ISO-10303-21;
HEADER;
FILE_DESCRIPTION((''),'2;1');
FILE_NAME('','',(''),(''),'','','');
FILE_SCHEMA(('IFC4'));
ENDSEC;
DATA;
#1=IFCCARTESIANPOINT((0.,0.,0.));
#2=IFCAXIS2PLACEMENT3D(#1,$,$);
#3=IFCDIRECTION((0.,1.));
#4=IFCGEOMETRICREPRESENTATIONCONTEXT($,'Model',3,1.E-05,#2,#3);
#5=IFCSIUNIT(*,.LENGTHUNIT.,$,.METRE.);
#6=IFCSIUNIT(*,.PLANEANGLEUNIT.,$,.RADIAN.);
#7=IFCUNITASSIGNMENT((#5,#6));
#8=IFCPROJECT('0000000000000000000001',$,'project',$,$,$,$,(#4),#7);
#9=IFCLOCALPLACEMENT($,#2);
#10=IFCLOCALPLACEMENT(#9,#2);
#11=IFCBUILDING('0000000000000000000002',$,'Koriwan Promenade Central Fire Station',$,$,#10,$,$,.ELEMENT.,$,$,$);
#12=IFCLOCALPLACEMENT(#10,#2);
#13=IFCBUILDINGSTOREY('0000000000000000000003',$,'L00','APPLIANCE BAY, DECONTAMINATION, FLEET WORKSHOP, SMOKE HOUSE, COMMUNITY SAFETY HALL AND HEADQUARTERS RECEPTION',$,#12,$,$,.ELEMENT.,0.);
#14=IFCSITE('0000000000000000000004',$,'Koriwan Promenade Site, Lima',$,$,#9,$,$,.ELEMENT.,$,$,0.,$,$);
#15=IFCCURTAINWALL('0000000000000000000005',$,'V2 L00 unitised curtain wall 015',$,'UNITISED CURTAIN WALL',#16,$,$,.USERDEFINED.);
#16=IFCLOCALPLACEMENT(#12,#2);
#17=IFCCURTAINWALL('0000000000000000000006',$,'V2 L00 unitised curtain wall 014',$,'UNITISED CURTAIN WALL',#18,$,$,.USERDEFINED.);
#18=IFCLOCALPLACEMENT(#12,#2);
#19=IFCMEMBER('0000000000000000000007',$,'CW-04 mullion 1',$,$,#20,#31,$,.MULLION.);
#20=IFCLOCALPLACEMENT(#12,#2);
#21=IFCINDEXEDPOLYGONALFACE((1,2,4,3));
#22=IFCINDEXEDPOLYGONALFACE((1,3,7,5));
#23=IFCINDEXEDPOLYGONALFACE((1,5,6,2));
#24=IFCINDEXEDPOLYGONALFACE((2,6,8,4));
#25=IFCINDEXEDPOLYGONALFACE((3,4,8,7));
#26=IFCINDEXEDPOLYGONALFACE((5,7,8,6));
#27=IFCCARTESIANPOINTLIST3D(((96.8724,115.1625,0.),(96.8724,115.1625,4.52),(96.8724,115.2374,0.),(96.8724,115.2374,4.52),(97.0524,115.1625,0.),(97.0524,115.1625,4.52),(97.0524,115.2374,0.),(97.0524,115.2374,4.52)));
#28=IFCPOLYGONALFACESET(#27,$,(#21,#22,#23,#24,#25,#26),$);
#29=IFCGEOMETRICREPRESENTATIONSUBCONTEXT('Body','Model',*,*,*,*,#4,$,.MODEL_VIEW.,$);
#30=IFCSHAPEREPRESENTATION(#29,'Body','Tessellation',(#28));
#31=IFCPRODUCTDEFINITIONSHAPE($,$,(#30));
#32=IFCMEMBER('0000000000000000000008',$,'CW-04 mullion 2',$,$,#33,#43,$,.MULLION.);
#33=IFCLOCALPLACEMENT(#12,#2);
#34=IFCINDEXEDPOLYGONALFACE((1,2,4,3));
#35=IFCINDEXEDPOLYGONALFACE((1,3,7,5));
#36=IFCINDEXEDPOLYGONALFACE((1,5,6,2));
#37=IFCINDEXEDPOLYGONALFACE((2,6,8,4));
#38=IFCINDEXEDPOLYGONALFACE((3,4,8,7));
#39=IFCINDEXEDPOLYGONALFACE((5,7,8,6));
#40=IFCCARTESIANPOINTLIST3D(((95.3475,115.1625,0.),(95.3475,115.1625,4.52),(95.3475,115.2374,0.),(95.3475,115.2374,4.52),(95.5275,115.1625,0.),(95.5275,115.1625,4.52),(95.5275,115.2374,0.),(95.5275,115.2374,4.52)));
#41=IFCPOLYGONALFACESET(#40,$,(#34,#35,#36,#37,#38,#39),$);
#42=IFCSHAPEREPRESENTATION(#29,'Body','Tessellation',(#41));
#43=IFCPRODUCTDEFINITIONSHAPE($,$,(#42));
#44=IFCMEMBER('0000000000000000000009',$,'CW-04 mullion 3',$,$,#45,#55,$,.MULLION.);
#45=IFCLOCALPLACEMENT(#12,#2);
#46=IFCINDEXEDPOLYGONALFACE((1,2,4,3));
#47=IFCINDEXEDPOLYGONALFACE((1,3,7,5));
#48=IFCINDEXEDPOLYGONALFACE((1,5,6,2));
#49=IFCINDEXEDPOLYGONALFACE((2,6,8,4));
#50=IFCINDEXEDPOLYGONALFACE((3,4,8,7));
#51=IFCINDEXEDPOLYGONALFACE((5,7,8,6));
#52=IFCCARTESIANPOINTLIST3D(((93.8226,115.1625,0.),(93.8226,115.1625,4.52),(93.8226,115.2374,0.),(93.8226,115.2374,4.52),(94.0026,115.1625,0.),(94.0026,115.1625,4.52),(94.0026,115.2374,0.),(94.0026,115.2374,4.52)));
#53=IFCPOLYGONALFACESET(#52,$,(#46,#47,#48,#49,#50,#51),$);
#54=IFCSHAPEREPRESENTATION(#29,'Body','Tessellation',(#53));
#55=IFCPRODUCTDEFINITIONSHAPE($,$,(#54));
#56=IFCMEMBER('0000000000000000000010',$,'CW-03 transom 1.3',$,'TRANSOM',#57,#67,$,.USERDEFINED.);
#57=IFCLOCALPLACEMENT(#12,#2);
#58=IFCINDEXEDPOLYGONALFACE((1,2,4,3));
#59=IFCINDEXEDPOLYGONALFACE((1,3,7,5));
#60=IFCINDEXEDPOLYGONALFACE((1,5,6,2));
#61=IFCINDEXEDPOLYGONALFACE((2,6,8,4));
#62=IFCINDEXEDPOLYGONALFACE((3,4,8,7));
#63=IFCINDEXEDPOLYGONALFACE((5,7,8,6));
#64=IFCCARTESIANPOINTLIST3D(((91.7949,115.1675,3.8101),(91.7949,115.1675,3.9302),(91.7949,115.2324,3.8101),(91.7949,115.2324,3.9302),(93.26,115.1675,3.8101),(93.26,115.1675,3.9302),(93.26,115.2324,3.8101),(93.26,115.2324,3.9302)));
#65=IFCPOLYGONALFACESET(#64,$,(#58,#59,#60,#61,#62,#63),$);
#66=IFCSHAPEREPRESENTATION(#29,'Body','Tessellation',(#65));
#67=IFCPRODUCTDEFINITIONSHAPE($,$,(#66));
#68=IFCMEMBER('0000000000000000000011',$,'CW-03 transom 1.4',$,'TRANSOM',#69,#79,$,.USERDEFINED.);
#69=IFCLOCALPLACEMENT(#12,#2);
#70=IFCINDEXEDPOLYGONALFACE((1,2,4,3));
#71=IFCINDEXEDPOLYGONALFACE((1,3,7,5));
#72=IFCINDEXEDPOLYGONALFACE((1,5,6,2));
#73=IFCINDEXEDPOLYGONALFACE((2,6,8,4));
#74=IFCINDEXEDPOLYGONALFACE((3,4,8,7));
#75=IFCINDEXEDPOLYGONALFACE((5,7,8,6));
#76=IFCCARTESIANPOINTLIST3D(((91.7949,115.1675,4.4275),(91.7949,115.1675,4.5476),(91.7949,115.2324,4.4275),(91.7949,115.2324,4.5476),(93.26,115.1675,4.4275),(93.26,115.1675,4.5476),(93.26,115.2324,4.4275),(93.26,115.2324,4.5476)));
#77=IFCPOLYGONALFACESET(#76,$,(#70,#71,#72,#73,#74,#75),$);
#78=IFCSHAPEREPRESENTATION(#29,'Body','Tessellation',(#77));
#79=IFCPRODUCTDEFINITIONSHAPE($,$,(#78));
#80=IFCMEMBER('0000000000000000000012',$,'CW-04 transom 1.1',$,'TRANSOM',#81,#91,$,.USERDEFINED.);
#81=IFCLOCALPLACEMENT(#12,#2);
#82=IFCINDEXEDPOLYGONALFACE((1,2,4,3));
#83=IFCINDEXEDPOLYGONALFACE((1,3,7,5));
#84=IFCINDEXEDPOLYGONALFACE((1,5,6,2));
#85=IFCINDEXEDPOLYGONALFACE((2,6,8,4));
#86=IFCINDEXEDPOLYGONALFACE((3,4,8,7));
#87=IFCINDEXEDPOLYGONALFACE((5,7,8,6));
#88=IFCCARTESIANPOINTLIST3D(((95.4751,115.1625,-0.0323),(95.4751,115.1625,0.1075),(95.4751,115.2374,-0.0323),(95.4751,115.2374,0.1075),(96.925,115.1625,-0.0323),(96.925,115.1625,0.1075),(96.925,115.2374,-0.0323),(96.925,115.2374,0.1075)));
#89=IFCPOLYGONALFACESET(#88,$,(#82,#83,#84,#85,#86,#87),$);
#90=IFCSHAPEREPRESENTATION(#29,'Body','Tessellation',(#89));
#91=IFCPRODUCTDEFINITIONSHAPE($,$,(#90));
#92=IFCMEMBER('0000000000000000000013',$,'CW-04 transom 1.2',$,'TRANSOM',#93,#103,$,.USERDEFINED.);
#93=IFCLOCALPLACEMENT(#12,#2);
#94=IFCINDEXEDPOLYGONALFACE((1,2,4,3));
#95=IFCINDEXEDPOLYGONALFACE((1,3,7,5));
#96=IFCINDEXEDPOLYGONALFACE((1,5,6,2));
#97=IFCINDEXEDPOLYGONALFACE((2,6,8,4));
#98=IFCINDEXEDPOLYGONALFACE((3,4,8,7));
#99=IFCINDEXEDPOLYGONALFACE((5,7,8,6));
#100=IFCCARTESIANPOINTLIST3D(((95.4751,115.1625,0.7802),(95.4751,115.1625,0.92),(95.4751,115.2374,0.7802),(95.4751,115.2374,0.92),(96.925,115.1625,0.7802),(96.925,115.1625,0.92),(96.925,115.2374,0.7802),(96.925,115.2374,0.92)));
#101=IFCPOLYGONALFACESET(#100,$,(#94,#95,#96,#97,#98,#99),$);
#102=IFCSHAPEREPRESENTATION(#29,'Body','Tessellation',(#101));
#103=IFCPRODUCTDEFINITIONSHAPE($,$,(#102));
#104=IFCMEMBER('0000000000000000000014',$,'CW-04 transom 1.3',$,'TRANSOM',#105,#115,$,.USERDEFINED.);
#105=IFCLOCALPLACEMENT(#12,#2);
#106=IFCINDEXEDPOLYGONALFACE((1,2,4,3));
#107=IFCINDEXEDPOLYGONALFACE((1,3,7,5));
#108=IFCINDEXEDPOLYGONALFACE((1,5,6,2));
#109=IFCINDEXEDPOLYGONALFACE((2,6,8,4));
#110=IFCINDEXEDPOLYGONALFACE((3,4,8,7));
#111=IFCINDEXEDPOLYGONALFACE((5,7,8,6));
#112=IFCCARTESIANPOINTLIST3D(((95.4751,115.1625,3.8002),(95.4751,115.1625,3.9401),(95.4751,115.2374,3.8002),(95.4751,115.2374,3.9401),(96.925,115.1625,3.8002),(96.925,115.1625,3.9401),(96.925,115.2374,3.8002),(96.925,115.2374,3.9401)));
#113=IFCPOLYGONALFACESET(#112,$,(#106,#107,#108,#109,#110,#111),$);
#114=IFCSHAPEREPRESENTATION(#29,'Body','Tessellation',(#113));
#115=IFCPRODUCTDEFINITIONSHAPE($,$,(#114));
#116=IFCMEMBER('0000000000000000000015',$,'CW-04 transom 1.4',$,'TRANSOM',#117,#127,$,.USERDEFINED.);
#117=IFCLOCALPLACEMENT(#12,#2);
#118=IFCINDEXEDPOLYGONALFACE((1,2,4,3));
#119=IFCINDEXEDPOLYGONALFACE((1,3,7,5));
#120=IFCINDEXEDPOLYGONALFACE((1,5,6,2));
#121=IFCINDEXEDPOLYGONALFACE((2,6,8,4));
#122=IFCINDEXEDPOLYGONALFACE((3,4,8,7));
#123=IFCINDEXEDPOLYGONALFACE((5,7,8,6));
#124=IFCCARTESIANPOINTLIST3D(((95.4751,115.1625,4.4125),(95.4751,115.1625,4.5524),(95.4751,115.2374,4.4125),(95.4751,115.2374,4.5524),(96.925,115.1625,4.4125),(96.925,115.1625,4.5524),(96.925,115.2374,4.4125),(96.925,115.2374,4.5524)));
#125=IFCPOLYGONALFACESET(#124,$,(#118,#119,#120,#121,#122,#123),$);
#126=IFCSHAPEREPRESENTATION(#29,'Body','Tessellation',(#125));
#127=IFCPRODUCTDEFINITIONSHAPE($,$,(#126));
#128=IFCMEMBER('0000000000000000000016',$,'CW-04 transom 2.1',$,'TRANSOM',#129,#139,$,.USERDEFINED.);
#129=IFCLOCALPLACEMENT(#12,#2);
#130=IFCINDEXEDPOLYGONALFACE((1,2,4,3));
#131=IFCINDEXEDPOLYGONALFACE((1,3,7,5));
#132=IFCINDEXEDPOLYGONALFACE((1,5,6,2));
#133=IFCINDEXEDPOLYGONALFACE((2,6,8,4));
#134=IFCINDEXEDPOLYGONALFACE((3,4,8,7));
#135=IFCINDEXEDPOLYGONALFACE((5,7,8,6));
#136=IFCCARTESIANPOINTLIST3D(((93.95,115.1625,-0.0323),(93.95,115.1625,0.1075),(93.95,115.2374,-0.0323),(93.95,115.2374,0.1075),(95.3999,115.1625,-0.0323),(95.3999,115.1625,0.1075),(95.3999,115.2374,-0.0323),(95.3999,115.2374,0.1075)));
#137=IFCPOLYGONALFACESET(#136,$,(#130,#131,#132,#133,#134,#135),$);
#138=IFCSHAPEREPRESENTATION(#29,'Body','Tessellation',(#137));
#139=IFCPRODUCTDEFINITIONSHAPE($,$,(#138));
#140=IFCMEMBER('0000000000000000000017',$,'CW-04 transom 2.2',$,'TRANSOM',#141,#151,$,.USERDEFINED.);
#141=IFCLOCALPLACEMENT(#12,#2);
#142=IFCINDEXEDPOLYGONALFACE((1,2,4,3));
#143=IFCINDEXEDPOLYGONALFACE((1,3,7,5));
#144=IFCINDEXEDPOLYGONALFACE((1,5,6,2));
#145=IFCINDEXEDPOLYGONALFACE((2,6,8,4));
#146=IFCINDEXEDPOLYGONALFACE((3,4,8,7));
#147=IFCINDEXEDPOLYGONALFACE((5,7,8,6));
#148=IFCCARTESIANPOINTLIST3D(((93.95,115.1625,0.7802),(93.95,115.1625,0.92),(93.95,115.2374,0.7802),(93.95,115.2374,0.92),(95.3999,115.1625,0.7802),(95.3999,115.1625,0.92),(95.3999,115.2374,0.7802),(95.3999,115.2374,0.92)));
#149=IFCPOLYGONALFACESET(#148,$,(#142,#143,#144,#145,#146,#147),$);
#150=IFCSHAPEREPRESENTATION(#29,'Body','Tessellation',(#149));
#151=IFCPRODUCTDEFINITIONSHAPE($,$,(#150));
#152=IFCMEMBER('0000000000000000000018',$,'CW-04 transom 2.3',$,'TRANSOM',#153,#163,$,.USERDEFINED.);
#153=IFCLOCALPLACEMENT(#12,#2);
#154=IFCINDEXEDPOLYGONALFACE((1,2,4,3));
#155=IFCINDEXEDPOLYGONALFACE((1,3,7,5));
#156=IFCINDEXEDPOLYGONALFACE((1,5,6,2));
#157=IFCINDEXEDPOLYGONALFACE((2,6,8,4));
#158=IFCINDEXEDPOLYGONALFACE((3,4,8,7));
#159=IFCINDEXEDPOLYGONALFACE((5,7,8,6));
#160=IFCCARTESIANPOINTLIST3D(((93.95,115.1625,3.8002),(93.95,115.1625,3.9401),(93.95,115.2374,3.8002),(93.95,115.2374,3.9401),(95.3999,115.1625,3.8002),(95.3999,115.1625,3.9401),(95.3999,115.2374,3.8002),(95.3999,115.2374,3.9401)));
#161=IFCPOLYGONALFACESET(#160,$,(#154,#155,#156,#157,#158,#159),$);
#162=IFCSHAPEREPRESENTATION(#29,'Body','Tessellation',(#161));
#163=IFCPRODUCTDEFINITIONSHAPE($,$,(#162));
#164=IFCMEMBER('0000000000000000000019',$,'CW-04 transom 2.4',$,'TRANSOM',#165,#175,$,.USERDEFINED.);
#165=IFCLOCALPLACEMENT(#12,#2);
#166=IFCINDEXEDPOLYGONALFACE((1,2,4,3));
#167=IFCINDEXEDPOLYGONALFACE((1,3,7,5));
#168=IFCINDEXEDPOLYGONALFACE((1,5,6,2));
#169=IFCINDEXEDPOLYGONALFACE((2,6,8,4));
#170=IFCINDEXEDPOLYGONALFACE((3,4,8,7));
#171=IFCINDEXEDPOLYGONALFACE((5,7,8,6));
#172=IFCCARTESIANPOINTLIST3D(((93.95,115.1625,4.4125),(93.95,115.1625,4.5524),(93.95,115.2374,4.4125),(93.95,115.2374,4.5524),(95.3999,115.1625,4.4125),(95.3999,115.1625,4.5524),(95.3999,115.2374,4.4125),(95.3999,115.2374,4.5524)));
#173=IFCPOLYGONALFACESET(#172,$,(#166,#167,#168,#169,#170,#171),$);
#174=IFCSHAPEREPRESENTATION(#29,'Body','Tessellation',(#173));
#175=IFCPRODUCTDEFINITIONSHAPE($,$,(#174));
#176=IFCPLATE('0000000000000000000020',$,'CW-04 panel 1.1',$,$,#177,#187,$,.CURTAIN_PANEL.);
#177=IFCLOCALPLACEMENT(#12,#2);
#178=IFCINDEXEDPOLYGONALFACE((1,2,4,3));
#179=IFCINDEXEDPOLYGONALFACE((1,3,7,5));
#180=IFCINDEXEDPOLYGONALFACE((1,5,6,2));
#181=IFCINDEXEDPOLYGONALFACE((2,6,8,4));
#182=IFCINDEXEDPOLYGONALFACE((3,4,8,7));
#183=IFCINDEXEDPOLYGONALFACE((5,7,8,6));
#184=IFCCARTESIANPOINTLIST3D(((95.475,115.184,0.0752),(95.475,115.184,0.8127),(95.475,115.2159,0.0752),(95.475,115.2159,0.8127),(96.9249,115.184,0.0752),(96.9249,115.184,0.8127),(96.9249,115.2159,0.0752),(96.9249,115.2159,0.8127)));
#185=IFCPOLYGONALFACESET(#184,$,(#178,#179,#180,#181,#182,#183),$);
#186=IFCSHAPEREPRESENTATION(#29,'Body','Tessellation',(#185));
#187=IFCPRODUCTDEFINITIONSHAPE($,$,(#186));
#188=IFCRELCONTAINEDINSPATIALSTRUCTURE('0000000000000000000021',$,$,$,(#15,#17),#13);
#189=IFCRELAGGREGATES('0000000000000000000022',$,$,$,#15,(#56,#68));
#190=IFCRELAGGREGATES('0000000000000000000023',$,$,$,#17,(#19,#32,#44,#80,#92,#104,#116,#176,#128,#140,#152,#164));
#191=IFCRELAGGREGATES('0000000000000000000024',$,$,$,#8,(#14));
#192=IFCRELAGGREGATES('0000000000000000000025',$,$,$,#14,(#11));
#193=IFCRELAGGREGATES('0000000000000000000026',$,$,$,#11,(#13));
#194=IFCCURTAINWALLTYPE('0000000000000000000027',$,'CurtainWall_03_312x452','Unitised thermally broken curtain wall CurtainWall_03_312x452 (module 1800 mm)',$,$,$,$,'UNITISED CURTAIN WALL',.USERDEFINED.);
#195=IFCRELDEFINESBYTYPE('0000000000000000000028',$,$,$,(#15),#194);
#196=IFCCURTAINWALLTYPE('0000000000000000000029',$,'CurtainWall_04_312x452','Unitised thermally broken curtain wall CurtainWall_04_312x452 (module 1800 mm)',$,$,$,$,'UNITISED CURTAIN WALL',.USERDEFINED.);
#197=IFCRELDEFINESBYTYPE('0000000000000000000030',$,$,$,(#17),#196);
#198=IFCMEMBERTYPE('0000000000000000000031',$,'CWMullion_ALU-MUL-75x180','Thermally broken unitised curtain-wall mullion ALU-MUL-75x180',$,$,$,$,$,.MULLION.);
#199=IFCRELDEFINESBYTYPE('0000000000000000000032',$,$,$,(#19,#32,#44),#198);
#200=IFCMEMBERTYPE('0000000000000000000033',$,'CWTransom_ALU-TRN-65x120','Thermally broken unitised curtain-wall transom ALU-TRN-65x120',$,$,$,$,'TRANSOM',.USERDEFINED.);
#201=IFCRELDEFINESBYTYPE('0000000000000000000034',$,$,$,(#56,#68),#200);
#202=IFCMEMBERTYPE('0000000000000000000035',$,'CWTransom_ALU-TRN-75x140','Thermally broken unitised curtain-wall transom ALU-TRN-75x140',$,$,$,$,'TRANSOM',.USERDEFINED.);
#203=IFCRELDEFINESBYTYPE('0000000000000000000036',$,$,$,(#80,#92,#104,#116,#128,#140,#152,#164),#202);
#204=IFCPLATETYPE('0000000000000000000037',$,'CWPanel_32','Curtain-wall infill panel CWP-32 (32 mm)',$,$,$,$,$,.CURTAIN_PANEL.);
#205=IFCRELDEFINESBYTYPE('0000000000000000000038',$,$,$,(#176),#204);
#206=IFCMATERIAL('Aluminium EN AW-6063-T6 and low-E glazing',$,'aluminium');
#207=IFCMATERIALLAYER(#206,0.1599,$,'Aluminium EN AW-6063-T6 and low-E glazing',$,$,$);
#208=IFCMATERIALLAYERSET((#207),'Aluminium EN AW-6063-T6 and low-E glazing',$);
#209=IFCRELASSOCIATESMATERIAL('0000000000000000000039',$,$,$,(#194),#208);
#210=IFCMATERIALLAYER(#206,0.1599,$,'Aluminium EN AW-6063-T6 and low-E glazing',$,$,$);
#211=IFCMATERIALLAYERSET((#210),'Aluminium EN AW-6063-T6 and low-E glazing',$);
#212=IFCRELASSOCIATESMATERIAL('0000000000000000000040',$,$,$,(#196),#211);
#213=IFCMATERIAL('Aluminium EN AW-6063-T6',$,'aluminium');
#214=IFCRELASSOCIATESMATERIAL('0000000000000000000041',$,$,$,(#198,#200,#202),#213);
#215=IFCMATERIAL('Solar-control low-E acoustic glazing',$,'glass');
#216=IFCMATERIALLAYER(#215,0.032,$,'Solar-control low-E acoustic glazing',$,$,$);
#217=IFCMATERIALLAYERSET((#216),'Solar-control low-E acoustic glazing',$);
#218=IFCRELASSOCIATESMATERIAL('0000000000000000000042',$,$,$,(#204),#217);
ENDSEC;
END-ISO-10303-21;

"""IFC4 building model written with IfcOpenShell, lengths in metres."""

from ifc_helpers import new_model, si_unit, direction, frame, origin, origin_2d, place, context, subcontext, project, spatial, rectangle, extrude, material, layer, layer_set, material_profile, profile_set, type_object, element, aggregate, save


model = new_model("IFC4")

# Units and contexts
model_context = context("Model", 3, precision=1e-05, world=origin(), true_north=direction((0.0, 1.0)))
body_context = subcontext(model_context, "Body", "Model", "MODEL_VIEW")
ifc_project = project(units=[si_unit("LENGTHUNIT", "METRE"), si_unit("PLANEANGLEUNIT", "RADIAN")], contexts=[model_context])

# Site, building, storey
site_placement = place(None, origin())
site = spatial("IfcSite", under=ifc_project, at=site_placement, Name="Koriwan Promenade Site, Lima", CompositionType="ELEMENT", RefElevation=0.0)
building_placement = place(site_placement, origin())
building = spatial("IfcBuilding", under=site, at=building_placement, Name="Koriwan Promenade Central Fire Station", CompositionType="ELEMENT")
storey_placement = place(building_placement, origin())
storey = spatial("IfcBuildingStorey", under=building, at=storey_placement, Name="L00", Description="APPLIANCE BAY, DECONTAMINATION, FLEET WORKSHOP, SMOKE HOUSE, COMMUNITY SAFETY HALL AND HEADQUARTERS RECEPTION", CompositionType="ELEMENT", Elevation=0.0)

# Curtain wall
ifc_material_1 = material(Name="Aluminium EN AW-6063-T6 and low-E glazing", Category="aluminium")
ifc_layer_1 = layer(ifc_material_1, 0.1599, Name="Aluminium EN AW-6063-T6 and low-E glazing")
ifc_layer_set_1 = layer_set([ifc_layer_1], Name="Aluminium EN AW-6063-T6 and low-E glazing")
curtain_wall_type_1 = type_object("IfcCurtainWallType", Name="CurtainWall_03_312x452", Description="Unitised thermally broken curtain wall CurtainWall_03_312x452 (module 1800 mm)", ElementType="UNITISED CURTAIN WALL", PredefinedType="USERDEFINED", material=ifc_layer_set_1)
curtain_wall_1_placement = place(storey_placement, origin())
curtain_wall_1 = element("IfcCurtainWall", 1, at=curtain_wall_1_placement, inside=storey, type_object=curtain_wall_type_1, Name="V2 L00 unitised curtain wall 015", ObjectType="UNITISED CURTAIN WALL", PredefinedType="USERDEFINED")
ifc_material_2 = material(Name="Aluminium EN AW-6063-T6", Category="aluminium")

# Curtain wall, members
ifc_layer_2 = layer(ifc_material_1, 0.1599, Name="Aluminium EN AW-6063-T6 and low-E glazing")
ifc_layer_set_2 = layer_set([ifc_layer_2], Name="Aluminium EN AW-6063-T6 and low-E glazing")
curtain_wall_type_2 = type_object("IfcCurtainWallType", Name="CurtainWall_04_312x452", Description="Unitised thermally broken curtain wall CurtainWall_04_312x452 (module 1800 mm)", ElementType="UNITISED CURTAIN WALL", PredefinedType="USERDEFINED", material=ifc_layer_set_2)
curtain_wall_2_placement = place(storey_placement, origin())
curtain_wall_2 = element("IfcCurtainWall", 2, at=curtain_wall_2_placement, inside=storey, type_object=curtain_wall_type_2, Name="V2 L00 unitised curtain wall 014", ObjectType="UNITISED CURTAIN WALL", PredefinedType="USERDEFINED")
ifc_material_profile_1 = material_profile(ifc_material_2, rectangle(XDim=0.075, YDim=0.1799, at=origin_2d()), Name="ALU-MUL-75x180")
ifc_profile_set_1 = profile_set([ifc_material_profile_1], Name="Aluminium EN AW-6063-T6")
member_type_1 = type_object("IfcMemberType", Name="CWMullion_ALU-MUL-75x180", Description="Thermally broken unitised curtain-wall mullion ALU-MUL-75x180", PredefinedType="MULLION", material=ifc_profile_set_1)
member_1_placement = place(storey_placement, frame((96.9624, 115.2, 0.0), z_axis=(0.0, 0.0, 1.0), x_axis=(0.0, -1.0, 0.0)))
member_1 = element("IfcMember", 3, at=member_1_placement, type_object=member_type_1, Name="CW-04 mullion 1", PredefinedType="MULLION", context=body_context, shape_type="SweptSolid", body=[
    extrude(rectangle(XDim=0.075, YDim=0.1799, at=origin_2d()), origin(), (0.0, 0.0, 1.0), 4.52),
])
member_2_placement = place(storey_placement, frame((95.4375, 115.2, 0.0), z_axis=(0.0, 0.0, 1.0), x_axis=(0.0, -1.0, 0.0)))
member_2 = element("IfcMember", 4, at=member_2_placement, type_object=member_type_1, Name="CW-04 mullion 2", PredefinedType="MULLION", context=body_context, shape_type="SweptSolid", body=[
    extrude(rectangle(XDim=0.075, YDim=0.1799, at=origin_2d()), origin(), (0.0, 0.0, 1.0), 4.52),
])
member_3_placement = place(storey_placement, frame((93.9126, 115.2, 0.0), z_axis=(0.0, 0.0, 1.0), x_axis=(0.0, -1.0, 0.0)))
member_3 = element("IfcMember", 5, at=member_3_placement, type_object=member_type_1, Name="CW-04 mullion 3", PredefinedType="MULLION", context=body_context, shape_type="SweptSolid", body=[
    extrude(rectangle(XDim=0.075, YDim=0.1799, at=origin_2d()), origin(), (0.0, 0.0, 1.0), 4.52),
])

# Members
ifc_material_profile_2 = material_profile(ifc_material_2, rectangle(XDim=0.0649, YDim=0.1201, at=origin_2d()), Name="ALU-TRN-65x120")
ifc_profile_set_2 = profile_set([ifc_material_profile_2], Name="Aluminium EN AW-6063-T6")
member_type_2 = type_object("IfcMemberType", Name="CWTransom_ALU-TRN-65x120", Description="Thermally broken unitised curtain-wall transom ALU-TRN-65x120", ElementType="TRANSOM", PredefinedType="USERDEFINED", material=ifc_profile_set_2)
member_4_placement = place(storey_placement, frame((93.26, 115.2, 3.8701), z_axis=(-1.0, 0.0, 0.0), x_axis=(0.0, -1.0, 0.0)))
member_4 = element("IfcMember", 6, at=member_4_placement, type_object=member_type_2, Name="CW-03 transom 1.3", ObjectType="TRANSOM", PredefinedType="USERDEFINED", context=body_context, shape_type="SweptSolid", body=[
    extrude(rectangle(XDim=0.0649, YDim=0.1201, at=origin_2d()), origin(), (0.0, 0.0, 1.0), 1.4651),
])
member_5_placement = place(storey_placement, frame((93.26, 115.2, 4.4875), z_axis=(-1.0, 0.0, 0.0), x_axis=(0.0, -1.0, 0.0)))
member_5 = element("IfcMember", 7, at=member_5_placement, type_object=member_type_2, Name="CW-03 transom 1.4", ObjectType="TRANSOM", PredefinedType="USERDEFINED", context=body_context, shape_type="SweptSolid", body=[
    extrude(rectangle(XDim=0.0649, YDim=0.1201, at=origin_2d()), origin(), (0.0, 0.0, 1.0), 1.4651),
])
aggregate(curtain_wall_1, [member_4, member_5])
ifc_material_profile_3 = material_profile(ifc_material_2, rectangle(XDim=0.075, YDim=0.1399, at=origin_2d()), Name="ALU-TRN-75x140")
ifc_profile_set_3 = profile_set([ifc_material_profile_3], Name="Aluminium EN AW-6063-T6")
member_type_3 = type_object("IfcMemberType", Name="CWTransom_ALU-TRN-75x140", Description="Thermally broken unitised curtain-wall transom ALU-TRN-75x140", ElementType="TRANSOM", PredefinedType="USERDEFINED", material=ifc_profile_set_3)
member_6_placement = place(storey_placement, frame((96.925, 115.2, 0.0376), z_axis=(-1.0, 0.0, 0.0), x_axis=(0.0, -1.0, 0.0)))
member_6 = element("IfcMember", 8, at=member_6_placement, type_object=member_type_3, Name="CW-04 transom 1.1", ObjectType="TRANSOM", PredefinedType="USERDEFINED", context=body_context, shape_type="SweptSolid", body=[
    extrude(rectangle(XDim=0.075, YDim=0.1399, at=origin_2d()), origin(), (0.0, 0.0, 1.0), 1.45),
])
member_7_placement = place(storey_placement, frame((96.925, 115.2, 0.8501), z_axis=(-1.0, 0.0, 0.0), x_axis=(0.0, -1.0, 0.0)))
member_7 = element("IfcMember", 9, at=member_7_placement, type_object=member_type_3, Name="CW-04 transom 1.2", ObjectType="TRANSOM", PredefinedType="USERDEFINED", context=body_context, shape_type="SweptSolid", body=[
    extrude(rectangle(XDim=0.075, YDim=0.1399, at=origin_2d()), origin(), (0.0, 0.0, 1.0), 1.45),
])
member_8_placement = place(storey_placement, frame((96.925, 115.2, 3.8701), z_axis=(-1.0, 0.0, 0.0), x_axis=(0.0, -1.0, 0.0)))
member_8 = element("IfcMember", 10, at=member_8_placement, type_object=member_type_3, Name="CW-04 transom 1.3", ObjectType="TRANSOM", PredefinedType="USERDEFINED", context=body_context, shape_type="SweptSolid", body=[
    extrude(rectangle(XDim=0.075, YDim=0.1399, at=origin_2d()), origin(), (0.0, 0.0, 1.0), 1.45),
])
member_9_placement = place(storey_placement, frame((96.925, 115.2, 4.4824), z_axis=(-1.0, 0.0, 0.0), x_axis=(0.0, -1.0, 0.0)))
member_9 = element("IfcMember", 11, at=member_9_placement, type_object=member_type_3, Name="CW-04 transom 1.4", ObjectType="TRANSOM", PredefinedType="USERDEFINED", context=body_context, shape_type="SweptSolid", body=[
    extrude(rectangle(XDim=0.075, YDim=0.1399, at=origin_2d()), origin(), (0.0, 0.0, 1.0), 1.45),
])
member_10_placement = place(storey_placement, frame((95.3999, 115.2, 0.0376), z_axis=(-1.0, 0.0, 0.0), x_axis=(0.0, -1.0, 0.0)))
member_10 = element("IfcMember", 12, at=member_10_placement, type_object=member_type_3, Name="CW-04 transom 2.1", ObjectType="TRANSOM", PredefinedType="USERDEFINED", context=body_context, shape_type="SweptSolid", body=[
    extrude(rectangle(XDim=0.075, YDim=0.1399, at=origin_2d()), origin(), (0.0, 0.0, 1.0), 1.45),
])
member_11_placement = place(storey_placement, frame((95.3999, 115.2, 0.8501), z_axis=(-1.0, 0.0, 0.0), x_axis=(0.0, -1.0, 0.0)))
member_11 = element("IfcMember", 13, at=member_11_placement, type_object=member_type_3, Name="CW-04 transom 2.2", ObjectType="TRANSOM", PredefinedType="USERDEFINED", context=body_context, shape_type="SweptSolid", body=[
    extrude(rectangle(XDim=0.075, YDim=0.1399, at=origin_2d()), origin(), (0.0, 0.0, 1.0), 1.45),
])
member_12_placement = place(storey_placement, frame((95.3999, 115.2, 3.8701), z_axis=(-1.0, 0.0, 0.0), x_axis=(0.0, -1.0, 0.0)))
member_12 = element("IfcMember", 14, at=member_12_placement, type_object=member_type_3, Name="CW-04 transom 2.3", ObjectType="TRANSOM", PredefinedType="USERDEFINED", context=body_context, shape_type="SweptSolid", body=[
    extrude(rectangle(XDim=0.075, YDim=0.1399, at=origin_2d()), origin(), (0.0, 0.0, 1.0), 1.45),
])
member_13_placement = place(storey_placement, frame((95.3999, 115.2, 4.4824), z_axis=(-1.0, 0.0, 0.0), x_axis=(0.0, -1.0, 0.0)))
member_13 = element("IfcMember", 15, at=member_13_placement, type_object=member_type_3, Name="CW-04 transom 2.4", ObjectType="TRANSOM", PredefinedType="USERDEFINED", context=body_context, shape_type="SweptSolid", body=[
    extrude(rectangle(XDim=0.075, YDim=0.1399, at=origin_2d()), origin(), (0.0, 0.0, 1.0), 1.45),
])

# Plate
ifc_material_3 = material(Name="Solar-control low-E acoustic glazing", Category="glass")
ifc_layer_3 = layer(ifc_material_3, 0.032, Name="Solar-control low-E acoustic glazing")
ifc_layer_set_3 = layer_set([ifc_layer_3], Name="Solar-control low-E acoustic glazing")
plate_type = type_object("IfcPlateType", Name="CWPanel_32", Description="Curtain-wall infill panel CWP-32 (32 mm)", PredefinedType="CURTAIN_PANEL", material=ifc_layer_set_3)
plate_1_placement = place(storey_placement, frame((96.2, 115.2, 0.0752), z_axis=(0.0, 0.0, 1.0), x_axis=(-1.0, 0.0, 0.0)))
plate_1 = element("IfcPlate", 16, at=plate_1_placement, type_object=plate_type, Name="CW-04 panel 1.1", PredefinedType="CURTAIN_PANEL", context=body_context, shape_type="SweptSolid", body=[
    extrude(rectangle(XDim=1.45, YDim=0.032, at=origin_2d()), origin(), (0.0, 0.0, 1.0), 0.7375),
])
aggregate(curtain_wall_2, [member_1, member_2, member_3, member_6, member_7, member_8, member_9, plate_1, member_10, member_11, member_12, member_13])

save(model, "model.ifc")
